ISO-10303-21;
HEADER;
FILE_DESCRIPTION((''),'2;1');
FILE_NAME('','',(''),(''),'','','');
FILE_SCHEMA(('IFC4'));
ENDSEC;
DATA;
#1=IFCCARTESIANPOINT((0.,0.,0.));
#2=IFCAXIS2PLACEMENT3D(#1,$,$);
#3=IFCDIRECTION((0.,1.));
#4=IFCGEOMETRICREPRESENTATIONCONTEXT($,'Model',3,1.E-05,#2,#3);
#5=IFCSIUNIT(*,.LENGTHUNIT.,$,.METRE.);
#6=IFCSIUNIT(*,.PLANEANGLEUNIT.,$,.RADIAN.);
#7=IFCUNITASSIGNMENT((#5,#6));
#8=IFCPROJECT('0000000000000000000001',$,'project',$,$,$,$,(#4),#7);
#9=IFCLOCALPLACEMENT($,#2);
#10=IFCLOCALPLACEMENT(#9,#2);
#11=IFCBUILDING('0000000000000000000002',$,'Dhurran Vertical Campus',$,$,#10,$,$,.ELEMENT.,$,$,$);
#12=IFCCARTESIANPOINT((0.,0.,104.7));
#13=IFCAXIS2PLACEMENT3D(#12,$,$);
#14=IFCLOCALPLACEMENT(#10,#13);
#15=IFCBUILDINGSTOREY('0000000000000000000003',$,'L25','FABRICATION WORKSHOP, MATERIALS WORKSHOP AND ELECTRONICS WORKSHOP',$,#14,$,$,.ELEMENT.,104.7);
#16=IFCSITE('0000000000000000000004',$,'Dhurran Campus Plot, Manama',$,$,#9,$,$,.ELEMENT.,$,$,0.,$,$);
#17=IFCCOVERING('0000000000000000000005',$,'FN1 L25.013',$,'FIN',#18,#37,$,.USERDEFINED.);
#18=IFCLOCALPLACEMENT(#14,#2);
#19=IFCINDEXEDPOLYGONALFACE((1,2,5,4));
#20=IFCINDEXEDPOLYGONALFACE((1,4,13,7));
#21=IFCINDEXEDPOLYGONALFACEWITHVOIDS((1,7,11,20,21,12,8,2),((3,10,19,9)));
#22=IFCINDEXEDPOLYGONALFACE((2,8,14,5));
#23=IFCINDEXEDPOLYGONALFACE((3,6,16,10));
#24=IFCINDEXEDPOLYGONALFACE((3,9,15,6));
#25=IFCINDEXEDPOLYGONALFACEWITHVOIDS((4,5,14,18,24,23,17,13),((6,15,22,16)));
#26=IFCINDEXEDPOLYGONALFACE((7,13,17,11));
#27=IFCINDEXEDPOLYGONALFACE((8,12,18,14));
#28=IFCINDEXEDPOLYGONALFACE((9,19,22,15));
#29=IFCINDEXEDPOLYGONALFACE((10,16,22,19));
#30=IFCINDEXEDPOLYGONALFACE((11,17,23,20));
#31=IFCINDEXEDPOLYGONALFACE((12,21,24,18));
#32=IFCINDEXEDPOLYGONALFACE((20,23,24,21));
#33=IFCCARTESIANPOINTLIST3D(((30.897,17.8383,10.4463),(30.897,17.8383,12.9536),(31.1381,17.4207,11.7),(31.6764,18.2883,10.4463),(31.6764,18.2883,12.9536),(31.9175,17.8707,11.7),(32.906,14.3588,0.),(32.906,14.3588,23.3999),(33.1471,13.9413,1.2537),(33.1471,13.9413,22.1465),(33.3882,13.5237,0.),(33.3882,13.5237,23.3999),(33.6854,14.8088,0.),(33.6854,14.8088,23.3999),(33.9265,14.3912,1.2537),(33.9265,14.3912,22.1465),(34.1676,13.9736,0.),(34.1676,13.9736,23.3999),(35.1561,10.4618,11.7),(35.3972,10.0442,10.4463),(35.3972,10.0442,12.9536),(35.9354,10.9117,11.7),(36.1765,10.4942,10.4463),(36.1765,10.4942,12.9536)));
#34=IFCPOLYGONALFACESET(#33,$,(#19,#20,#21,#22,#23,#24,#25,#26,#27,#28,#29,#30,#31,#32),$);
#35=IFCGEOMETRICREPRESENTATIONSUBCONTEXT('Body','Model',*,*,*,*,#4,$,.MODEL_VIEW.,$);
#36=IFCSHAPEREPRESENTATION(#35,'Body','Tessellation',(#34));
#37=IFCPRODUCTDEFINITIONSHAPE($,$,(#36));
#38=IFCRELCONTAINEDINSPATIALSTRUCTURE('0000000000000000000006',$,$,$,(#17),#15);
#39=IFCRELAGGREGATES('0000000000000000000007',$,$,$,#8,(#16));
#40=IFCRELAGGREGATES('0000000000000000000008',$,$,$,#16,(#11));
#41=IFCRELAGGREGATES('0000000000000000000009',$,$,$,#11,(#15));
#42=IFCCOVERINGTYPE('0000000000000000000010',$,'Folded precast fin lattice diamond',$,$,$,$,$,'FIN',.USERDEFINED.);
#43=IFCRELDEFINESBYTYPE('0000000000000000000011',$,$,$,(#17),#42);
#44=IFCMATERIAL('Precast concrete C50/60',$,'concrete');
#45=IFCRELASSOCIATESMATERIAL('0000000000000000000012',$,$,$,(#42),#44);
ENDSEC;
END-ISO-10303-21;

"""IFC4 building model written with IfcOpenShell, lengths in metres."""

from ifc_helpers import new_model, si_unit, direction, frame, origin, place, context, subcontext, project, spatial, polyline, outline, extrude, material, type_object, element, save


model = new_model("IFC4")

# Units and contexts
model_context = context("Model", 3, precision=1e-05, world=origin(), true_north=direction((0.0, 1.0)))
body_context = subcontext(model_context, "Body", "Model", "MODEL_VIEW")
ifc_project = project(units=[si_unit("LENGTHUNIT", "METRE"), si_unit("PLANEANGLEUNIT", "RADIAN")], contexts=[model_context])

# Site, building, storey
site_placement = place(None, origin())
site = spatial("IfcSite", under=ifc_project, at=site_placement, Name="Dhurran Campus Plot, Manama", CompositionType="ELEMENT", RefElevation=0.0)
building_placement = place(site_placement, origin())
building = spatial("IfcBuilding", under=site, at=building_placement, Name="Dhurran Vertical Campus", CompositionType="ELEMENT")
storey_placement = place(building_placement, frame((0.0, 0.0, 104.7)))
storey = spatial("IfcBuildingStorey", under=building, at=storey_placement, Name="L25", Description="FABRICATION WORKSHOP, MATERIALS WORKSHOP AND ELECTRONICS WORKSHOP", CompositionType="ELEMENT", Elevation=104.7)

# Covering
ifc_material_1 = material(Name="Precast concrete C50/60", Category="concrete")
covering_type = type_object("IfcCoveringType", Name="Folded precast fin lattice diamond", ElementType="FIN", PredefinedType="USERDEFINED", material=ifc_material_1)
for number, where, z_axis, x_axis, name in (
    (1, (35.3972, 10.0442, 0.0), (0.866014, 0.50002, 0.0), (-0.50002, 0.866014, 0.0), "FN1 L25.013"),
):
    element("IfcCovering", number, at=place(storey_placement, frame(where, z_axis=z_axis, x_axis=x_axis)), inside=storey, type_object=covering_type, Name=name, ObjectType="FIN", PredefinedType="USERDEFINED", context=body_context, shape_type="SweptSolid", body=[
        extrude(outline(polyline([(9.0, 12.9536), (9.0, 10.4463), (4.9822, 0.0), (4.0178, 0.0), (0.0, 10.4463), (0.0, 12.9536), (4.0178, 23.3999), (4.9822, 23.3999), (9.0, 12.9536)]), holes=[polyline([(8.5178, 11.7), (4.5, 22.1465), (0.4822, 11.7), (4.5, 1.2537), (8.5178, 11.7)])]), origin(), (0.0, 0.0, 1.0), 0.8999),
    ])

save(model, "model.ifc")
